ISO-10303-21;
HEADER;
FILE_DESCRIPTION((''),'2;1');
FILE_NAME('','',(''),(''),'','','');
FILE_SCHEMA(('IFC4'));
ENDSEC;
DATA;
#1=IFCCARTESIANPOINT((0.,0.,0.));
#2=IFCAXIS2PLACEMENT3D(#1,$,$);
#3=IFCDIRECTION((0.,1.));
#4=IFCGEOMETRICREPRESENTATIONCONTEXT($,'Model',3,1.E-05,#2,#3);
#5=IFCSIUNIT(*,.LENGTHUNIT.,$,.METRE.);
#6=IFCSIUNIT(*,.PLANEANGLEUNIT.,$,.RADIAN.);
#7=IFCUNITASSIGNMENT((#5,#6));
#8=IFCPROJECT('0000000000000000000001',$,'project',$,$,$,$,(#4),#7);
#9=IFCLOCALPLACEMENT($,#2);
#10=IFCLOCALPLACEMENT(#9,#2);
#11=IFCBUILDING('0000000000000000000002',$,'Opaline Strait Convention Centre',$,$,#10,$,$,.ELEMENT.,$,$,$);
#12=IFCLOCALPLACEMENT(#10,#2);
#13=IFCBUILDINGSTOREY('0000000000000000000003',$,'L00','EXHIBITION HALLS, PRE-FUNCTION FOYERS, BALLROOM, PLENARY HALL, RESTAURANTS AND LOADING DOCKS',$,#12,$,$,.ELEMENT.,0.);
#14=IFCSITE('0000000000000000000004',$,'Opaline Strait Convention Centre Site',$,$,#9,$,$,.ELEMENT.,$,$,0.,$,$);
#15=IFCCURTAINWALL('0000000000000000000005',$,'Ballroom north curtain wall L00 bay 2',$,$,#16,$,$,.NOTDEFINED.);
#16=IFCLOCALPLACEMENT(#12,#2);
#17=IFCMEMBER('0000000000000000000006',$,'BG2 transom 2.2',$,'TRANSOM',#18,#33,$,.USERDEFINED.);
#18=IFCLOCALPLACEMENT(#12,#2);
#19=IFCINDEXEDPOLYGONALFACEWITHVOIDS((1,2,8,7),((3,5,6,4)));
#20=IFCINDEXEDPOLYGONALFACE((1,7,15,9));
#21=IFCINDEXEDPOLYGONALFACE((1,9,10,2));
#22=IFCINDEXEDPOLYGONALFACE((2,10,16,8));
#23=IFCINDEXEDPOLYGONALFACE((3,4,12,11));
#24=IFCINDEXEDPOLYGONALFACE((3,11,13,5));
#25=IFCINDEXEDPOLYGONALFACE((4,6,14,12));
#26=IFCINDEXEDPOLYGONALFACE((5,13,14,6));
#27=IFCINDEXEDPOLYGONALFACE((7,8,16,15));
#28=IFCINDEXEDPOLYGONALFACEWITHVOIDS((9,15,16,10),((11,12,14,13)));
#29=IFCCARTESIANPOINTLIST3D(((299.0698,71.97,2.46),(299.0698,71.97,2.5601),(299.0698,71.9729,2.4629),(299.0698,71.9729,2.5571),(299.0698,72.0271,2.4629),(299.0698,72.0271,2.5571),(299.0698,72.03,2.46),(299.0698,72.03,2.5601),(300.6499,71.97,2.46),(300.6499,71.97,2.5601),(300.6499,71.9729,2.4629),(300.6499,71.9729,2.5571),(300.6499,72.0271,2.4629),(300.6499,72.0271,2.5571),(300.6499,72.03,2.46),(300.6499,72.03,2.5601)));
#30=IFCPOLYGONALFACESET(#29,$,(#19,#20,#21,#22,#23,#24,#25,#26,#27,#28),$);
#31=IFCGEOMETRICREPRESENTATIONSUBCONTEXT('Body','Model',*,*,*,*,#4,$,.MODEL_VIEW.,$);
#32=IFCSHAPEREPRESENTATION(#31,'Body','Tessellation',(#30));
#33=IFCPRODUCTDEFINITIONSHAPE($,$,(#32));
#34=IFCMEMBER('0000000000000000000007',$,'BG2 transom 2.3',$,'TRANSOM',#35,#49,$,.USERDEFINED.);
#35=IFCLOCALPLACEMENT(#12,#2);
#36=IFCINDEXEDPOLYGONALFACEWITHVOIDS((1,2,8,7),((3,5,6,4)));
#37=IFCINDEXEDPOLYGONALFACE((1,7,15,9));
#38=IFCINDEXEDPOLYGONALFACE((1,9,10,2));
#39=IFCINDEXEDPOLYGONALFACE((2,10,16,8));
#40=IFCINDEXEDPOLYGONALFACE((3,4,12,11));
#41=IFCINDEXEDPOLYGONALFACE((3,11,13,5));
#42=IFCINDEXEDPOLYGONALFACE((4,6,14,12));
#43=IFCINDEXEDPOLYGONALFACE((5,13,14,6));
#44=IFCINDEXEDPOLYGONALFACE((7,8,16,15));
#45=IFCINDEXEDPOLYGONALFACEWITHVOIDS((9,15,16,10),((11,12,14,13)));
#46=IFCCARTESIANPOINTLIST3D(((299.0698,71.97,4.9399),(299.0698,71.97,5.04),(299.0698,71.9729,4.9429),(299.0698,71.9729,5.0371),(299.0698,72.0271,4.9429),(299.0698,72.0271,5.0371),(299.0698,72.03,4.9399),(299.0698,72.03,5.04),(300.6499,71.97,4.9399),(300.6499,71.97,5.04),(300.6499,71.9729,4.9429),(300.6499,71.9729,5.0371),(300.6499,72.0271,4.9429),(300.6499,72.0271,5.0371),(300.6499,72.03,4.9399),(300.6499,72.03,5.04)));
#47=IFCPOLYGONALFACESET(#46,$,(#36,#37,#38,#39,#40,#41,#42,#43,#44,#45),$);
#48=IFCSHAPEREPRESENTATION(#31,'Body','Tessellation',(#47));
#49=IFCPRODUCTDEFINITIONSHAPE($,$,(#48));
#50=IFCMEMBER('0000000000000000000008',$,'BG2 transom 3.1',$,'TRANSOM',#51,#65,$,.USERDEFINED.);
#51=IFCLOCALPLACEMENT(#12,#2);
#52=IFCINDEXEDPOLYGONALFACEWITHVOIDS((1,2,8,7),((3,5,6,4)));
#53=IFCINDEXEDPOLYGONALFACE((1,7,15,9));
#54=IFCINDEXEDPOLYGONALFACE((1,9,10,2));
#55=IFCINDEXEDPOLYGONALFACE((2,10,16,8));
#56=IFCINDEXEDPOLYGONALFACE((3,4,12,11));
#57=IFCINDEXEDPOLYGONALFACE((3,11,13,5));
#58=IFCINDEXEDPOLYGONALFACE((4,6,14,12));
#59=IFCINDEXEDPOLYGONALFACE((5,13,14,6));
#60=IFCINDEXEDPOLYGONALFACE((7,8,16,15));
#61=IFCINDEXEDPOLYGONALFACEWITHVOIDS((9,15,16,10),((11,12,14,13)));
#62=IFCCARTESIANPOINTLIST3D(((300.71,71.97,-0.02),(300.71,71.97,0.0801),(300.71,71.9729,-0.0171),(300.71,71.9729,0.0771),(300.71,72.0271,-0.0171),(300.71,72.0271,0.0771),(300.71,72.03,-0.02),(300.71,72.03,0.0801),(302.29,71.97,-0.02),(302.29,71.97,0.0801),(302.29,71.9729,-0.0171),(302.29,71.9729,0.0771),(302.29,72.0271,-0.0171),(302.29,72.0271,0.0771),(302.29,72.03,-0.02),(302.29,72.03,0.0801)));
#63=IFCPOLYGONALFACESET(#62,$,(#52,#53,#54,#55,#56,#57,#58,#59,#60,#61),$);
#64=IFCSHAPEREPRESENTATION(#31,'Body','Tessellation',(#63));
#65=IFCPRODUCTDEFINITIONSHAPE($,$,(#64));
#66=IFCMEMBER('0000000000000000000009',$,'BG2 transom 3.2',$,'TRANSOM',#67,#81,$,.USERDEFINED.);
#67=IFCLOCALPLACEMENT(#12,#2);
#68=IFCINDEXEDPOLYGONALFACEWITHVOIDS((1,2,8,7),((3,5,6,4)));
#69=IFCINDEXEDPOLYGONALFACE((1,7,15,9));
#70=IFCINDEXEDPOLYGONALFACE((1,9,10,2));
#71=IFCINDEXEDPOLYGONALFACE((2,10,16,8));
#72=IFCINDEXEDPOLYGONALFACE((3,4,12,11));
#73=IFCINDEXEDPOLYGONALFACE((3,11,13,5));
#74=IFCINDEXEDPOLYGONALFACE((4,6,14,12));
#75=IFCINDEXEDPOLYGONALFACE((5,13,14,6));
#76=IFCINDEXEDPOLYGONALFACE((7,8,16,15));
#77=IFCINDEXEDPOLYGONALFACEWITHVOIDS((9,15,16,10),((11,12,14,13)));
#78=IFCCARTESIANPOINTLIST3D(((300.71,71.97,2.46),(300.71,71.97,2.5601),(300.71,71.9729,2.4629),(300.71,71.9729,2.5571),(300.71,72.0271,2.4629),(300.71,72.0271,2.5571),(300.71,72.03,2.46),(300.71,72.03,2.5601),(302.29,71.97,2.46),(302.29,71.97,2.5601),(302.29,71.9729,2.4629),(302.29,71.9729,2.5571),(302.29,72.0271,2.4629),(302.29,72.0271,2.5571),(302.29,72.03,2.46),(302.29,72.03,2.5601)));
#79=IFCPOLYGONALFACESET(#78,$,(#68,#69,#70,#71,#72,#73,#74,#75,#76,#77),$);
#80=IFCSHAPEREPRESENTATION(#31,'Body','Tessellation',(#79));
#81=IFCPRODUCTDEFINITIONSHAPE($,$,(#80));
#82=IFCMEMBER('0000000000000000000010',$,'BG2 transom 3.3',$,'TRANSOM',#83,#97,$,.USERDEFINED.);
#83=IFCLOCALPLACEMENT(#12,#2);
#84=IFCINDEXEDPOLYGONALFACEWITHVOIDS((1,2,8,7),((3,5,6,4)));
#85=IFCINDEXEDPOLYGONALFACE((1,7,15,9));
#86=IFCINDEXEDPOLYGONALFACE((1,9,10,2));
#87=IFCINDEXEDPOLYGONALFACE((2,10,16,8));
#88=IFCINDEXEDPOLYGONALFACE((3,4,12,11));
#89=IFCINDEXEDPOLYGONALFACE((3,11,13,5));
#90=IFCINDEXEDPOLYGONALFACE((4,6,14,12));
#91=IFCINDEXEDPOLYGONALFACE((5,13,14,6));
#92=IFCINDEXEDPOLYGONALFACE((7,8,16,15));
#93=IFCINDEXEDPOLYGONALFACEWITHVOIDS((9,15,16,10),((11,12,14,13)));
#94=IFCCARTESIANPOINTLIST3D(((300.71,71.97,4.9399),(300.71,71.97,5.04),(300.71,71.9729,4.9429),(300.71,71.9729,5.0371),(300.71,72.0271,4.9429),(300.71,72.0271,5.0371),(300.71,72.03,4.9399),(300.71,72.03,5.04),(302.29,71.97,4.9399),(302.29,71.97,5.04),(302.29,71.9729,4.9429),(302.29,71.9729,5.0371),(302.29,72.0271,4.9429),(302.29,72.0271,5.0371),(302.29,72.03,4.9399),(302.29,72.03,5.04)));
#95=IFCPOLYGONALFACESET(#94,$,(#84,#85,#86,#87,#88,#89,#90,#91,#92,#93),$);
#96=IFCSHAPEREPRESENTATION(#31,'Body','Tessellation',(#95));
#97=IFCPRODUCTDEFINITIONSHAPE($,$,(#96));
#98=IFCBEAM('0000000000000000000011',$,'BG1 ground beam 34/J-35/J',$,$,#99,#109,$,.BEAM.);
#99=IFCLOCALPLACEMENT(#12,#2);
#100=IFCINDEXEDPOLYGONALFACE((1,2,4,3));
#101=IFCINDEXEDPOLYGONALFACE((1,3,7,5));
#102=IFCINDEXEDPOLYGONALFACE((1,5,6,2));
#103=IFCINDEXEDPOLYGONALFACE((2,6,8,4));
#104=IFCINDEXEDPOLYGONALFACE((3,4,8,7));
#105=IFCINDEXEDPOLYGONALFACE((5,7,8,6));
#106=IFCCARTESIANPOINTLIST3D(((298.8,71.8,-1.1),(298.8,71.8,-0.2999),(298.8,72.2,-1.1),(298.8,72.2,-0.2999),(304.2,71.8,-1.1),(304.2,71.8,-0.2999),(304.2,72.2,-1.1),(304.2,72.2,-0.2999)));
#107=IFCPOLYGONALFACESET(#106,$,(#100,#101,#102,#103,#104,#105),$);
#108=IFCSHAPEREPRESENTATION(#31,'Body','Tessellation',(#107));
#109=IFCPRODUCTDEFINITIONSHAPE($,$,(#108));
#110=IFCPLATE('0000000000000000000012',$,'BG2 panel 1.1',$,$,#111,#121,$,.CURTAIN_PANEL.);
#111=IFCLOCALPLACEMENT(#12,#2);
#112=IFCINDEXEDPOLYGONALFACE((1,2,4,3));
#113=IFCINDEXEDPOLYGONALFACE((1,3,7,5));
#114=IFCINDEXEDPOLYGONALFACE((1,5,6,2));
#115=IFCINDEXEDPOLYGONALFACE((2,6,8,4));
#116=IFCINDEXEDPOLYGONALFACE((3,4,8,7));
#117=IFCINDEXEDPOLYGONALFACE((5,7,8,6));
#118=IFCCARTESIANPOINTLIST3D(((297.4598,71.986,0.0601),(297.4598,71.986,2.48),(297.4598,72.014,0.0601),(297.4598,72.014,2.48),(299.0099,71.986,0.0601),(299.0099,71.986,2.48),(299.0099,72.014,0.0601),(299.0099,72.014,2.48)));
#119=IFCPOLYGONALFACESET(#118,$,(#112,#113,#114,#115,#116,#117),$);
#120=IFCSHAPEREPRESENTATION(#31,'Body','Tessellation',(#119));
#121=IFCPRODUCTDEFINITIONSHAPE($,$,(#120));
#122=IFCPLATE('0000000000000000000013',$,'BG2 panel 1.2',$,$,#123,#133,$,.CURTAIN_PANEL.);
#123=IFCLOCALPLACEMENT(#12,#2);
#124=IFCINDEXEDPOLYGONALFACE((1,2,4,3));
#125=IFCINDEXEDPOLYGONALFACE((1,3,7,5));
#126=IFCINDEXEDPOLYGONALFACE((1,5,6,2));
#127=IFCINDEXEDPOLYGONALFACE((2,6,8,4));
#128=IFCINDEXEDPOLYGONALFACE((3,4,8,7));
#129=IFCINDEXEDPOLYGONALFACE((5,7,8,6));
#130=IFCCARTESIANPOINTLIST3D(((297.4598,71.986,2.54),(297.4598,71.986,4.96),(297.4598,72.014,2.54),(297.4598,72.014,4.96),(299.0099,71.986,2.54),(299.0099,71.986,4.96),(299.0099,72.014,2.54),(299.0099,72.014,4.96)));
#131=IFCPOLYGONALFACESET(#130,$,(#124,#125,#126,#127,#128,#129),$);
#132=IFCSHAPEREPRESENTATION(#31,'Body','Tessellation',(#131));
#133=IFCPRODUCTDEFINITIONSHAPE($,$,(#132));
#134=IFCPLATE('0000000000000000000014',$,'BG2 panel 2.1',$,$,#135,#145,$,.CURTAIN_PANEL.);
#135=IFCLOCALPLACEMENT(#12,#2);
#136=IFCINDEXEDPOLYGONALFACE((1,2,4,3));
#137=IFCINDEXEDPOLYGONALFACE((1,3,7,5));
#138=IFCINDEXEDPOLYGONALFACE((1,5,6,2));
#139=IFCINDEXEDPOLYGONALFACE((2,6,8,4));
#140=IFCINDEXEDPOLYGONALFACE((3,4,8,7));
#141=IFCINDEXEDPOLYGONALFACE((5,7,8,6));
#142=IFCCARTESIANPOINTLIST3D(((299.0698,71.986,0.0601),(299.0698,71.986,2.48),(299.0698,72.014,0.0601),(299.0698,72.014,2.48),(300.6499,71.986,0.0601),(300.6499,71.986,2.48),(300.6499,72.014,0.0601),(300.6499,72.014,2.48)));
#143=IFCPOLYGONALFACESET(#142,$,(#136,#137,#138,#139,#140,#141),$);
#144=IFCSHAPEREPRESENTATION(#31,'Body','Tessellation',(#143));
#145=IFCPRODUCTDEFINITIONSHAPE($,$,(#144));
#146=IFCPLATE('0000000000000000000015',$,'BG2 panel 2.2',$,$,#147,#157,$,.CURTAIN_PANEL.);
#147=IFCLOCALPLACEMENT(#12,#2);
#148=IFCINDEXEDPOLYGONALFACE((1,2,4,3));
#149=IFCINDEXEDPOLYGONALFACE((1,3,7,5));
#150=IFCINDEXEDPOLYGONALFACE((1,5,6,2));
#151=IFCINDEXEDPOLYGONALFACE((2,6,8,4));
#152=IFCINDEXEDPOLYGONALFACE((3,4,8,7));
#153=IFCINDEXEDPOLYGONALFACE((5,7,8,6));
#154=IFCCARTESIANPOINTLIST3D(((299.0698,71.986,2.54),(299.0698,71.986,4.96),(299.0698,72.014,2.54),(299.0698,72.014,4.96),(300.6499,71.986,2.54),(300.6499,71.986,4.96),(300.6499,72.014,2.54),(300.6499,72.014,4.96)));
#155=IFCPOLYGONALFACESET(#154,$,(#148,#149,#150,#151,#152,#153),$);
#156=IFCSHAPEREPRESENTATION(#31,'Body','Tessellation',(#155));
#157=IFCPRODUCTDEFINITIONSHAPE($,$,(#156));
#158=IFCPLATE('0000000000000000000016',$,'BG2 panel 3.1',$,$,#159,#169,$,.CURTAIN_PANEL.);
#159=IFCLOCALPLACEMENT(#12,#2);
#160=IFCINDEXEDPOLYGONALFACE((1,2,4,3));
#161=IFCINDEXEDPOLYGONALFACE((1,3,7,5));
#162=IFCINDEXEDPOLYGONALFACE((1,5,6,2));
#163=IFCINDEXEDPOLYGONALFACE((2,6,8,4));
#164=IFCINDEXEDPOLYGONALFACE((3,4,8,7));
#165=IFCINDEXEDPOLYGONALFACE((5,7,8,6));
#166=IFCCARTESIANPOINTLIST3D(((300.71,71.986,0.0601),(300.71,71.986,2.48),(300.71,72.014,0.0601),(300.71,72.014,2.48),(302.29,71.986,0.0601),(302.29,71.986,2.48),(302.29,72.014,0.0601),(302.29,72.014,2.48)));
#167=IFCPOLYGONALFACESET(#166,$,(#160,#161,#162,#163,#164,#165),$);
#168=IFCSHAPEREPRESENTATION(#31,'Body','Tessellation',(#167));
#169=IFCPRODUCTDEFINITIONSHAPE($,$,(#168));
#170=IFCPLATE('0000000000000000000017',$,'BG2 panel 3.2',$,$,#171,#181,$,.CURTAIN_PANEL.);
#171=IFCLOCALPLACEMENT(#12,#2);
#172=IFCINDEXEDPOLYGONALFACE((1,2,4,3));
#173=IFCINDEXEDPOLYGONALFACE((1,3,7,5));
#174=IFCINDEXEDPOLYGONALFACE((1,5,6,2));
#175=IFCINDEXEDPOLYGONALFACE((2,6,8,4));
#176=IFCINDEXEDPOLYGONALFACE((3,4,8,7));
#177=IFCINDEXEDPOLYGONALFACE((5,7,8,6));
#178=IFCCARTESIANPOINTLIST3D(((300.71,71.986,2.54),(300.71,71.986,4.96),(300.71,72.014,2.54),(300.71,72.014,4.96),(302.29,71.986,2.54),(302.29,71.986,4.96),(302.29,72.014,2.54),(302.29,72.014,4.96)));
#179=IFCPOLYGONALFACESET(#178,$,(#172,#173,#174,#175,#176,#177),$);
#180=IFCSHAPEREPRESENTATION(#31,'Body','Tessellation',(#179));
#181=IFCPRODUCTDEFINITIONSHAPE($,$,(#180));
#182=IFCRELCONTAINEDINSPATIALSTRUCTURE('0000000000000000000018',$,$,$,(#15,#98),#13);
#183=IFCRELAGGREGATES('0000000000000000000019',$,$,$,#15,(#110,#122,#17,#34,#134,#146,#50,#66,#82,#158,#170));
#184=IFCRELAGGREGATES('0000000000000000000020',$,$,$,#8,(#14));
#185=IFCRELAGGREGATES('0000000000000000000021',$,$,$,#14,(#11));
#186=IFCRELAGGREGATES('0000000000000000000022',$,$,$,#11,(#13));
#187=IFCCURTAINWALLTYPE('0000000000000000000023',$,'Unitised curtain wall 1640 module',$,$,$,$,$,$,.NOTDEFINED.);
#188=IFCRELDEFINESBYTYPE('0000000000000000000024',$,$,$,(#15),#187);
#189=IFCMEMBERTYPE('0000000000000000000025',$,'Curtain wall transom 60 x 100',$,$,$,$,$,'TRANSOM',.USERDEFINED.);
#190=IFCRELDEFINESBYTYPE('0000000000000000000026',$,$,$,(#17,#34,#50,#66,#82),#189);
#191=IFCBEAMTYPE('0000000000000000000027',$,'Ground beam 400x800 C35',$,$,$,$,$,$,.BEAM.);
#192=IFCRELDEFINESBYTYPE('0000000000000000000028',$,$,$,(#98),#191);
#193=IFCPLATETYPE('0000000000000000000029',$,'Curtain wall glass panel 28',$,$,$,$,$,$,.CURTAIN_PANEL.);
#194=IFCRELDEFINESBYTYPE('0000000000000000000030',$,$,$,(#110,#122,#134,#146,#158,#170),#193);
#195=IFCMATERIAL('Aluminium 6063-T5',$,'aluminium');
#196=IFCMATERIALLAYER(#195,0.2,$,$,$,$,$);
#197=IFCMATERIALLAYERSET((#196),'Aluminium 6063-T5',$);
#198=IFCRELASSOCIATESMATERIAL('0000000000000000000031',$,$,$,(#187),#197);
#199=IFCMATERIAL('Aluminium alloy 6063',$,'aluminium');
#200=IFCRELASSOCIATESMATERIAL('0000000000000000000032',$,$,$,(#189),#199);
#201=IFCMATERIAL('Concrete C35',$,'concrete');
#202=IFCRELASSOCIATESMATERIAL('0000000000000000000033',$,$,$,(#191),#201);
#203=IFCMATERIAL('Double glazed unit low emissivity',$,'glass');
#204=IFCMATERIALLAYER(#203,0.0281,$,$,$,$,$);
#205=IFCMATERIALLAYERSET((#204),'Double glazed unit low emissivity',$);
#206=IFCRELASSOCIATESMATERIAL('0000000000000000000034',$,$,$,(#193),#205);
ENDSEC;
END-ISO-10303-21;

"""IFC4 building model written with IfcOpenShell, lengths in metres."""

from ifc_helpers import new_model, si_unit, direction, frame, origin, origin_2d, place, context, subcontext, project, spatial, rectangle, hollow_rectangle, extrude, material, layer, layer_set, material_profile, profile_set, type_object, element, aggregate, save


model = new_model("IFC4")

# Units and contexts
model_context = context("Model", 3, precision=1e-05, world=origin(), true_north=direction((0.0, 1.0)))
body_context = subcontext(model_context, "Body", "Model", "MODEL_VIEW")
ifc_project = project(units=[si_unit("LENGTHUNIT", "METRE"), si_unit("PLANEANGLEUNIT", "RADIAN")], contexts=[model_context])

# Site, building, storey
site_placement = place(None, origin())
site = spatial("IfcSite", under=ifc_project, at=site_placement, Name="Opaline Strait Convention Centre Site", CompositionType="ELEMENT", RefElevation=0.0)
building_placement = place(site_placement, origin())
building = spatial("IfcBuilding", under=site, at=building_placement, Name="Opaline Strait Convention Centre", CompositionType="ELEMENT")
storey_placement = place(building_placement, origin())
storey = spatial("IfcBuildingStorey", under=building, at=storey_placement, Name="L00", Description="EXHIBITION HALLS, PRE-FUNCTION FOYERS, BALLROOM, PLENARY HALL, RESTAURANTS AND LOADING DOCKS", CompositionType="ELEMENT", Elevation=0.0)

# Shared definitions
ifc_material_1 = material(Name="Concrete C35", Category="concrete")

# Curtain wall, members
ifc_material_2 = material(Name="Aluminium 6063-T5", Category="aluminium")
ifc_layer_1 = layer(ifc_material_2, 0.2)
ifc_layer_set_1 = layer_set([ifc_layer_1], Name="Aluminium 6063-T5")
curtain_wall_type = type_object("IfcCurtainWallType", Name="Unitised curtain wall 1640 module", PredefinedType="NOTDEFINED", material=ifc_layer_set_1)
curtain_wall_placement = place(storey_placement, origin())
curtain_wall = element("IfcCurtainWall", 1, at=curtain_wall_placement, inside=storey, type_object=curtain_wall_type, Name="Ballroom north curtain wall L00 bay 2", PredefinedType="NOTDEFINED")
ifc_material_3 = material(Name="Aluminium alloy 6063", Category="aluminium")
ifc_material_profile_1 = material_profile(ifc_material_3, hollow_rectangle(XDim=0.0601, YDim=0.1001, WallThickness=0.0029, at=origin_2d()), Name="TRANSOM 60x100x3")
ifc_profile_set_1 = profile_set([ifc_material_profile_1], Name="Aluminium alloy 6063")
member_type_1 = type_object("IfcMemberType", Name="Curtain wall transom 60 x 100", ElementType="TRANSOM", PredefinedType="USERDEFINED", material=ifc_profile_set_1)
member_1_placement = place(storey_placement, frame((299.0698, 72.0, 2.51), z_axis=(1.0, 0.0, 0.0), x_axis=(0.0, 1.0, 0.0)))
member_1 = element("IfcMember", 2, at=member_1_placement, type_object=member_type_1, Name="BG2 transom 2.2", ObjectType="TRANSOM", PredefinedType="USERDEFINED", context=body_context, shape_type="SweptSolid", body=[
    extrude(hollow_rectangle(XDim=0.0601, YDim=0.1001, WallThickness=0.0029, at=origin_2d()), origin(), (0.0, 0.0, 1.0), 1.5801),
])
member_2_placement = place(storey_placement, frame((299.0698, 72.0, 4.99), z_axis=(1.0, 0.0, 0.0), x_axis=(0.0, 1.0, 0.0)))
member_2 = element("IfcMember", 3, at=member_2_placement, type_object=member_type_1, Name="BG2 transom 2.3", ObjectType="TRANSOM", PredefinedType="USERDEFINED", context=body_context, shape_type="SweptSolid", body=[
    extrude(hollow_rectangle(XDim=0.0601, YDim=0.1001, WallThickness=0.0029, at=origin_2d()), origin(), (0.0, 0.0, 1.0), 1.5801),
])
member_3_placement = place(storey_placement, frame((300.71, 72.0, 0.03), z_axis=(1.0, 0.0, 0.0), x_axis=(0.0, 1.0, 0.0)))
member_3 = element("IfcMember", 4, at=member_3_placement, type_object=member_type_1, Name="BG2 transom 3.1", ObjectType="TRANSOM", PredefinedType="USERDEFINED", context=body_context, shape_type="SweptSolid", body=[
    extrude(hollow_rectangle(XDim=0.0601, YDim=0.1001, WallThickness=0.0029, at=origin_2d()), origin(), (0.0, 0.0, 1.0), 1.5801),
])
member_4_placement = place(storey_placement, frame((300.71, 72.0, 2.51), z_axis=(1.0, 0.0, 0.0), x_axis=(0.0, 1.0, 0.0)))
member_4 = element("IfcMember", 5, at=member_4_placement, type_object=member_type_1, Name="BG2 transom 3.2", ObjectType="TRANSOM", PredefinedType="USERDEFINED", context=body_context, shape_type="SweptSolid", body=[
    extrude(hollow_rectangle(XDim=0.0601, YDim=0.1001, WallThickness=0.0029, at=origin_2d()), origin(), (0.0, 0.0, 1.0), 1.5801),
])
member_5_placement = place(storey_placement, frame((300.71, 72.0, 4.99), z_axis=(1.0, 0.0, 0.0), x_axis=(0.0, 1.0, 0.0)))
member_5 = element("IfcMember", 6, at=member_5_placement, type_object=member_type_1, Name="BG2 transom 3.3", ObjectType="TRANSOM", PredefinedType="USERDEFINED", context=body_context, shape_type="SweptSolid", body=[
    extrude(hollow_rectangle(XDim=0.0601, YDim=0.1001, WallThickness=0.0029, at=origin_2d()), origin(), (0.0, 0.0, 1.0), 1.5801),
])

# Beam
ifc_material_profile_2 = material_profile(ifc_material_1, rectangle(XDim=0.3999, YDim=0.8, at=origin_2d()), Name="RC 400x800")
ifc_profile_set_2 = profile_set([ifc_material_profile_2], Name="Concrete C35")
beam_type = type_object("IfcBeamType", Name="Ground beam 400x800 C35", PredefinedType="BEAM", material=ifc_profile_set_2)
beam_placement = place(storey_placement, frame((298.8, 72.0, -0.7), z_axis=(1.0, 0.0, 0.0), x_axis=(0.0, 1.0, 0.0)))
element("IfcBeam", 7, at=beam_placement, inside=storey, type_object=beam_type, Name="BG1 ground beam 34/J-35/J", PredefinedType="BEAM", context=body_context, shape_type="SweptSolid", body=[
    extrude(rectangle(XDim=0.3999, YDim=0.8, at=origin_2d()), origin(), (0.0, 0.0, 1.0), 5.3999),
])

# Plates
ifc_material_4 = material(Name="Double glazed unit low emissivity", Category="glass")
ifc_layer_2 = layer(ifc_material_4, 0.0281)
ifc_layer_set_2 = layer_set([ifc_layer_2], Name="Double glazed unit low emissivity")
plate_type = type_object("IfcPlateType", Name="Curtain wall glass panel 28", PredefinedType="CURTAIN_PANEL", material=ifc_layer_set_2)
plate_1_placement = place(storey_placement, frame((298.2349, 72.0, 0.0601), z_axis=(0.0, 0.0, 1.0), x_axis=(1.0, 0.0, 0.0)))
plate_1 = element("IfcPlate", 8, at=plate_1_placement, type_object=plate_type, Name="BG2 panel 1.1", PredefinedType="CURTAIN_PANEL", context=body_context, shape_type="SweptSolid", body=[
    extrude(rectangle(XDim=1.55, YDim=0.0281, at=origin_2d()), origin(), (0.0, 0.0, 1.0), 2.4199),
])
plate_2_placement = place(storey_placement, frame((298.2349, 72.0, 2.54), z_axis=(0.0, 0.0, 1.0), x_axis=(1.0, 0.0, 0.0)))
plate_2 = element("IfcPlate", 9, at=plate_2_placement, type_object=plate_type, Name="BG2 panel 1.2", PredefinedType="CURTAIN_PANEL", context=body_context, shape_type="SweptSolid", body=[
    extrude(rectangle(XDim=1.55, YDim=0.0281, at=origin_2d()), origin(), (0.0, 0.0, 1.0), 2.4199),
])
plate_3_placement = place(storey_placement, frame((299.8599, 72.0, 0.0601), z_axis=(0.0, 0.0, 1.0), x_axis=(1.0, 0.0, 0.0)))
plate_3 = element("IfcPlate", 10, at=plate_3_placement, type_object=plate_type, Name="BG2 panel 2.1", PredefinedType="CURTAIN_PANEL", context=body_context, shape_type="SweptSolid", body=[
    extrude(rectangle(XDim=1.5801, YDim=0.0281, at=origin_2d()), origin(), (0.0, 0.0, 1.0), 2.4199),
])
plate_4_placement = place(storey_placement, frame((299.8599, 72.0, 2.54), z_axis=(0.0, 0.0, 1.0), x_axis=(1.0, 0.0, 0.0)))
plate_4 = element("IfcPlate", 11, at=plate_4_placement, type_object=plate_type, Name="BG2 panel 2.2", PredefinedType="CURTAIN_PANEL", context=body_context, shape_type="SweptSolid", body=[
    extrude(rectangle(XDim=1.5801, YDim=0.0281, at=origin_2d()), origin(), (0.0, 0.0, 1.0), 2.4199),
])
plate_5_placement = place(storey_placement, frame((301.5, 72.0, 0.0601), z_axis=(0.0, 0.0, 1.0), x_axis=(1.0, 0.0, 0.0)))
plate_5 = element("IfcPlate", 12, at=plate_5_placement, type_object=plate_type, Name="BG2 panel 3.1", PredefinedType="CURTAIN_PANEL", context=body_context, shape_type="SweptSolid", body=[
    extrude(rectangle(XDim=1.5801, YDim=0.0281, at=origin_2d()), origin(), (0.0, 0.0, 1.0), 2.4199),
])
plate_6_placement = place(storey_placement, frame((301.5, 72.0, 2.54), z_axis=(0.0, 0.0, 1.0), x_axis=(1.0, 0.0, 0.0)))
plate_6 = element("IfcPlate", 13, at=plate_6_placement, type_object=plate_type, Name="BG2 panel 3.2", PredefinedType="CURTAIN_PANEL", context=body_context, shape_type="SweptSolid", body=[
    extrude(rectangle(XDim=1.5801, YDim=0.0281, at=origin_2d()), origin(), (0.0, 0.0, 1.0), 2.4199),
])
aggregate(curtain_wall, [plate_1, plate_2, member_1, member_2, plate_3, plate_4, member_3, member_4, member_5, plate_5, plate_6])

save(model, "model.ifc")
